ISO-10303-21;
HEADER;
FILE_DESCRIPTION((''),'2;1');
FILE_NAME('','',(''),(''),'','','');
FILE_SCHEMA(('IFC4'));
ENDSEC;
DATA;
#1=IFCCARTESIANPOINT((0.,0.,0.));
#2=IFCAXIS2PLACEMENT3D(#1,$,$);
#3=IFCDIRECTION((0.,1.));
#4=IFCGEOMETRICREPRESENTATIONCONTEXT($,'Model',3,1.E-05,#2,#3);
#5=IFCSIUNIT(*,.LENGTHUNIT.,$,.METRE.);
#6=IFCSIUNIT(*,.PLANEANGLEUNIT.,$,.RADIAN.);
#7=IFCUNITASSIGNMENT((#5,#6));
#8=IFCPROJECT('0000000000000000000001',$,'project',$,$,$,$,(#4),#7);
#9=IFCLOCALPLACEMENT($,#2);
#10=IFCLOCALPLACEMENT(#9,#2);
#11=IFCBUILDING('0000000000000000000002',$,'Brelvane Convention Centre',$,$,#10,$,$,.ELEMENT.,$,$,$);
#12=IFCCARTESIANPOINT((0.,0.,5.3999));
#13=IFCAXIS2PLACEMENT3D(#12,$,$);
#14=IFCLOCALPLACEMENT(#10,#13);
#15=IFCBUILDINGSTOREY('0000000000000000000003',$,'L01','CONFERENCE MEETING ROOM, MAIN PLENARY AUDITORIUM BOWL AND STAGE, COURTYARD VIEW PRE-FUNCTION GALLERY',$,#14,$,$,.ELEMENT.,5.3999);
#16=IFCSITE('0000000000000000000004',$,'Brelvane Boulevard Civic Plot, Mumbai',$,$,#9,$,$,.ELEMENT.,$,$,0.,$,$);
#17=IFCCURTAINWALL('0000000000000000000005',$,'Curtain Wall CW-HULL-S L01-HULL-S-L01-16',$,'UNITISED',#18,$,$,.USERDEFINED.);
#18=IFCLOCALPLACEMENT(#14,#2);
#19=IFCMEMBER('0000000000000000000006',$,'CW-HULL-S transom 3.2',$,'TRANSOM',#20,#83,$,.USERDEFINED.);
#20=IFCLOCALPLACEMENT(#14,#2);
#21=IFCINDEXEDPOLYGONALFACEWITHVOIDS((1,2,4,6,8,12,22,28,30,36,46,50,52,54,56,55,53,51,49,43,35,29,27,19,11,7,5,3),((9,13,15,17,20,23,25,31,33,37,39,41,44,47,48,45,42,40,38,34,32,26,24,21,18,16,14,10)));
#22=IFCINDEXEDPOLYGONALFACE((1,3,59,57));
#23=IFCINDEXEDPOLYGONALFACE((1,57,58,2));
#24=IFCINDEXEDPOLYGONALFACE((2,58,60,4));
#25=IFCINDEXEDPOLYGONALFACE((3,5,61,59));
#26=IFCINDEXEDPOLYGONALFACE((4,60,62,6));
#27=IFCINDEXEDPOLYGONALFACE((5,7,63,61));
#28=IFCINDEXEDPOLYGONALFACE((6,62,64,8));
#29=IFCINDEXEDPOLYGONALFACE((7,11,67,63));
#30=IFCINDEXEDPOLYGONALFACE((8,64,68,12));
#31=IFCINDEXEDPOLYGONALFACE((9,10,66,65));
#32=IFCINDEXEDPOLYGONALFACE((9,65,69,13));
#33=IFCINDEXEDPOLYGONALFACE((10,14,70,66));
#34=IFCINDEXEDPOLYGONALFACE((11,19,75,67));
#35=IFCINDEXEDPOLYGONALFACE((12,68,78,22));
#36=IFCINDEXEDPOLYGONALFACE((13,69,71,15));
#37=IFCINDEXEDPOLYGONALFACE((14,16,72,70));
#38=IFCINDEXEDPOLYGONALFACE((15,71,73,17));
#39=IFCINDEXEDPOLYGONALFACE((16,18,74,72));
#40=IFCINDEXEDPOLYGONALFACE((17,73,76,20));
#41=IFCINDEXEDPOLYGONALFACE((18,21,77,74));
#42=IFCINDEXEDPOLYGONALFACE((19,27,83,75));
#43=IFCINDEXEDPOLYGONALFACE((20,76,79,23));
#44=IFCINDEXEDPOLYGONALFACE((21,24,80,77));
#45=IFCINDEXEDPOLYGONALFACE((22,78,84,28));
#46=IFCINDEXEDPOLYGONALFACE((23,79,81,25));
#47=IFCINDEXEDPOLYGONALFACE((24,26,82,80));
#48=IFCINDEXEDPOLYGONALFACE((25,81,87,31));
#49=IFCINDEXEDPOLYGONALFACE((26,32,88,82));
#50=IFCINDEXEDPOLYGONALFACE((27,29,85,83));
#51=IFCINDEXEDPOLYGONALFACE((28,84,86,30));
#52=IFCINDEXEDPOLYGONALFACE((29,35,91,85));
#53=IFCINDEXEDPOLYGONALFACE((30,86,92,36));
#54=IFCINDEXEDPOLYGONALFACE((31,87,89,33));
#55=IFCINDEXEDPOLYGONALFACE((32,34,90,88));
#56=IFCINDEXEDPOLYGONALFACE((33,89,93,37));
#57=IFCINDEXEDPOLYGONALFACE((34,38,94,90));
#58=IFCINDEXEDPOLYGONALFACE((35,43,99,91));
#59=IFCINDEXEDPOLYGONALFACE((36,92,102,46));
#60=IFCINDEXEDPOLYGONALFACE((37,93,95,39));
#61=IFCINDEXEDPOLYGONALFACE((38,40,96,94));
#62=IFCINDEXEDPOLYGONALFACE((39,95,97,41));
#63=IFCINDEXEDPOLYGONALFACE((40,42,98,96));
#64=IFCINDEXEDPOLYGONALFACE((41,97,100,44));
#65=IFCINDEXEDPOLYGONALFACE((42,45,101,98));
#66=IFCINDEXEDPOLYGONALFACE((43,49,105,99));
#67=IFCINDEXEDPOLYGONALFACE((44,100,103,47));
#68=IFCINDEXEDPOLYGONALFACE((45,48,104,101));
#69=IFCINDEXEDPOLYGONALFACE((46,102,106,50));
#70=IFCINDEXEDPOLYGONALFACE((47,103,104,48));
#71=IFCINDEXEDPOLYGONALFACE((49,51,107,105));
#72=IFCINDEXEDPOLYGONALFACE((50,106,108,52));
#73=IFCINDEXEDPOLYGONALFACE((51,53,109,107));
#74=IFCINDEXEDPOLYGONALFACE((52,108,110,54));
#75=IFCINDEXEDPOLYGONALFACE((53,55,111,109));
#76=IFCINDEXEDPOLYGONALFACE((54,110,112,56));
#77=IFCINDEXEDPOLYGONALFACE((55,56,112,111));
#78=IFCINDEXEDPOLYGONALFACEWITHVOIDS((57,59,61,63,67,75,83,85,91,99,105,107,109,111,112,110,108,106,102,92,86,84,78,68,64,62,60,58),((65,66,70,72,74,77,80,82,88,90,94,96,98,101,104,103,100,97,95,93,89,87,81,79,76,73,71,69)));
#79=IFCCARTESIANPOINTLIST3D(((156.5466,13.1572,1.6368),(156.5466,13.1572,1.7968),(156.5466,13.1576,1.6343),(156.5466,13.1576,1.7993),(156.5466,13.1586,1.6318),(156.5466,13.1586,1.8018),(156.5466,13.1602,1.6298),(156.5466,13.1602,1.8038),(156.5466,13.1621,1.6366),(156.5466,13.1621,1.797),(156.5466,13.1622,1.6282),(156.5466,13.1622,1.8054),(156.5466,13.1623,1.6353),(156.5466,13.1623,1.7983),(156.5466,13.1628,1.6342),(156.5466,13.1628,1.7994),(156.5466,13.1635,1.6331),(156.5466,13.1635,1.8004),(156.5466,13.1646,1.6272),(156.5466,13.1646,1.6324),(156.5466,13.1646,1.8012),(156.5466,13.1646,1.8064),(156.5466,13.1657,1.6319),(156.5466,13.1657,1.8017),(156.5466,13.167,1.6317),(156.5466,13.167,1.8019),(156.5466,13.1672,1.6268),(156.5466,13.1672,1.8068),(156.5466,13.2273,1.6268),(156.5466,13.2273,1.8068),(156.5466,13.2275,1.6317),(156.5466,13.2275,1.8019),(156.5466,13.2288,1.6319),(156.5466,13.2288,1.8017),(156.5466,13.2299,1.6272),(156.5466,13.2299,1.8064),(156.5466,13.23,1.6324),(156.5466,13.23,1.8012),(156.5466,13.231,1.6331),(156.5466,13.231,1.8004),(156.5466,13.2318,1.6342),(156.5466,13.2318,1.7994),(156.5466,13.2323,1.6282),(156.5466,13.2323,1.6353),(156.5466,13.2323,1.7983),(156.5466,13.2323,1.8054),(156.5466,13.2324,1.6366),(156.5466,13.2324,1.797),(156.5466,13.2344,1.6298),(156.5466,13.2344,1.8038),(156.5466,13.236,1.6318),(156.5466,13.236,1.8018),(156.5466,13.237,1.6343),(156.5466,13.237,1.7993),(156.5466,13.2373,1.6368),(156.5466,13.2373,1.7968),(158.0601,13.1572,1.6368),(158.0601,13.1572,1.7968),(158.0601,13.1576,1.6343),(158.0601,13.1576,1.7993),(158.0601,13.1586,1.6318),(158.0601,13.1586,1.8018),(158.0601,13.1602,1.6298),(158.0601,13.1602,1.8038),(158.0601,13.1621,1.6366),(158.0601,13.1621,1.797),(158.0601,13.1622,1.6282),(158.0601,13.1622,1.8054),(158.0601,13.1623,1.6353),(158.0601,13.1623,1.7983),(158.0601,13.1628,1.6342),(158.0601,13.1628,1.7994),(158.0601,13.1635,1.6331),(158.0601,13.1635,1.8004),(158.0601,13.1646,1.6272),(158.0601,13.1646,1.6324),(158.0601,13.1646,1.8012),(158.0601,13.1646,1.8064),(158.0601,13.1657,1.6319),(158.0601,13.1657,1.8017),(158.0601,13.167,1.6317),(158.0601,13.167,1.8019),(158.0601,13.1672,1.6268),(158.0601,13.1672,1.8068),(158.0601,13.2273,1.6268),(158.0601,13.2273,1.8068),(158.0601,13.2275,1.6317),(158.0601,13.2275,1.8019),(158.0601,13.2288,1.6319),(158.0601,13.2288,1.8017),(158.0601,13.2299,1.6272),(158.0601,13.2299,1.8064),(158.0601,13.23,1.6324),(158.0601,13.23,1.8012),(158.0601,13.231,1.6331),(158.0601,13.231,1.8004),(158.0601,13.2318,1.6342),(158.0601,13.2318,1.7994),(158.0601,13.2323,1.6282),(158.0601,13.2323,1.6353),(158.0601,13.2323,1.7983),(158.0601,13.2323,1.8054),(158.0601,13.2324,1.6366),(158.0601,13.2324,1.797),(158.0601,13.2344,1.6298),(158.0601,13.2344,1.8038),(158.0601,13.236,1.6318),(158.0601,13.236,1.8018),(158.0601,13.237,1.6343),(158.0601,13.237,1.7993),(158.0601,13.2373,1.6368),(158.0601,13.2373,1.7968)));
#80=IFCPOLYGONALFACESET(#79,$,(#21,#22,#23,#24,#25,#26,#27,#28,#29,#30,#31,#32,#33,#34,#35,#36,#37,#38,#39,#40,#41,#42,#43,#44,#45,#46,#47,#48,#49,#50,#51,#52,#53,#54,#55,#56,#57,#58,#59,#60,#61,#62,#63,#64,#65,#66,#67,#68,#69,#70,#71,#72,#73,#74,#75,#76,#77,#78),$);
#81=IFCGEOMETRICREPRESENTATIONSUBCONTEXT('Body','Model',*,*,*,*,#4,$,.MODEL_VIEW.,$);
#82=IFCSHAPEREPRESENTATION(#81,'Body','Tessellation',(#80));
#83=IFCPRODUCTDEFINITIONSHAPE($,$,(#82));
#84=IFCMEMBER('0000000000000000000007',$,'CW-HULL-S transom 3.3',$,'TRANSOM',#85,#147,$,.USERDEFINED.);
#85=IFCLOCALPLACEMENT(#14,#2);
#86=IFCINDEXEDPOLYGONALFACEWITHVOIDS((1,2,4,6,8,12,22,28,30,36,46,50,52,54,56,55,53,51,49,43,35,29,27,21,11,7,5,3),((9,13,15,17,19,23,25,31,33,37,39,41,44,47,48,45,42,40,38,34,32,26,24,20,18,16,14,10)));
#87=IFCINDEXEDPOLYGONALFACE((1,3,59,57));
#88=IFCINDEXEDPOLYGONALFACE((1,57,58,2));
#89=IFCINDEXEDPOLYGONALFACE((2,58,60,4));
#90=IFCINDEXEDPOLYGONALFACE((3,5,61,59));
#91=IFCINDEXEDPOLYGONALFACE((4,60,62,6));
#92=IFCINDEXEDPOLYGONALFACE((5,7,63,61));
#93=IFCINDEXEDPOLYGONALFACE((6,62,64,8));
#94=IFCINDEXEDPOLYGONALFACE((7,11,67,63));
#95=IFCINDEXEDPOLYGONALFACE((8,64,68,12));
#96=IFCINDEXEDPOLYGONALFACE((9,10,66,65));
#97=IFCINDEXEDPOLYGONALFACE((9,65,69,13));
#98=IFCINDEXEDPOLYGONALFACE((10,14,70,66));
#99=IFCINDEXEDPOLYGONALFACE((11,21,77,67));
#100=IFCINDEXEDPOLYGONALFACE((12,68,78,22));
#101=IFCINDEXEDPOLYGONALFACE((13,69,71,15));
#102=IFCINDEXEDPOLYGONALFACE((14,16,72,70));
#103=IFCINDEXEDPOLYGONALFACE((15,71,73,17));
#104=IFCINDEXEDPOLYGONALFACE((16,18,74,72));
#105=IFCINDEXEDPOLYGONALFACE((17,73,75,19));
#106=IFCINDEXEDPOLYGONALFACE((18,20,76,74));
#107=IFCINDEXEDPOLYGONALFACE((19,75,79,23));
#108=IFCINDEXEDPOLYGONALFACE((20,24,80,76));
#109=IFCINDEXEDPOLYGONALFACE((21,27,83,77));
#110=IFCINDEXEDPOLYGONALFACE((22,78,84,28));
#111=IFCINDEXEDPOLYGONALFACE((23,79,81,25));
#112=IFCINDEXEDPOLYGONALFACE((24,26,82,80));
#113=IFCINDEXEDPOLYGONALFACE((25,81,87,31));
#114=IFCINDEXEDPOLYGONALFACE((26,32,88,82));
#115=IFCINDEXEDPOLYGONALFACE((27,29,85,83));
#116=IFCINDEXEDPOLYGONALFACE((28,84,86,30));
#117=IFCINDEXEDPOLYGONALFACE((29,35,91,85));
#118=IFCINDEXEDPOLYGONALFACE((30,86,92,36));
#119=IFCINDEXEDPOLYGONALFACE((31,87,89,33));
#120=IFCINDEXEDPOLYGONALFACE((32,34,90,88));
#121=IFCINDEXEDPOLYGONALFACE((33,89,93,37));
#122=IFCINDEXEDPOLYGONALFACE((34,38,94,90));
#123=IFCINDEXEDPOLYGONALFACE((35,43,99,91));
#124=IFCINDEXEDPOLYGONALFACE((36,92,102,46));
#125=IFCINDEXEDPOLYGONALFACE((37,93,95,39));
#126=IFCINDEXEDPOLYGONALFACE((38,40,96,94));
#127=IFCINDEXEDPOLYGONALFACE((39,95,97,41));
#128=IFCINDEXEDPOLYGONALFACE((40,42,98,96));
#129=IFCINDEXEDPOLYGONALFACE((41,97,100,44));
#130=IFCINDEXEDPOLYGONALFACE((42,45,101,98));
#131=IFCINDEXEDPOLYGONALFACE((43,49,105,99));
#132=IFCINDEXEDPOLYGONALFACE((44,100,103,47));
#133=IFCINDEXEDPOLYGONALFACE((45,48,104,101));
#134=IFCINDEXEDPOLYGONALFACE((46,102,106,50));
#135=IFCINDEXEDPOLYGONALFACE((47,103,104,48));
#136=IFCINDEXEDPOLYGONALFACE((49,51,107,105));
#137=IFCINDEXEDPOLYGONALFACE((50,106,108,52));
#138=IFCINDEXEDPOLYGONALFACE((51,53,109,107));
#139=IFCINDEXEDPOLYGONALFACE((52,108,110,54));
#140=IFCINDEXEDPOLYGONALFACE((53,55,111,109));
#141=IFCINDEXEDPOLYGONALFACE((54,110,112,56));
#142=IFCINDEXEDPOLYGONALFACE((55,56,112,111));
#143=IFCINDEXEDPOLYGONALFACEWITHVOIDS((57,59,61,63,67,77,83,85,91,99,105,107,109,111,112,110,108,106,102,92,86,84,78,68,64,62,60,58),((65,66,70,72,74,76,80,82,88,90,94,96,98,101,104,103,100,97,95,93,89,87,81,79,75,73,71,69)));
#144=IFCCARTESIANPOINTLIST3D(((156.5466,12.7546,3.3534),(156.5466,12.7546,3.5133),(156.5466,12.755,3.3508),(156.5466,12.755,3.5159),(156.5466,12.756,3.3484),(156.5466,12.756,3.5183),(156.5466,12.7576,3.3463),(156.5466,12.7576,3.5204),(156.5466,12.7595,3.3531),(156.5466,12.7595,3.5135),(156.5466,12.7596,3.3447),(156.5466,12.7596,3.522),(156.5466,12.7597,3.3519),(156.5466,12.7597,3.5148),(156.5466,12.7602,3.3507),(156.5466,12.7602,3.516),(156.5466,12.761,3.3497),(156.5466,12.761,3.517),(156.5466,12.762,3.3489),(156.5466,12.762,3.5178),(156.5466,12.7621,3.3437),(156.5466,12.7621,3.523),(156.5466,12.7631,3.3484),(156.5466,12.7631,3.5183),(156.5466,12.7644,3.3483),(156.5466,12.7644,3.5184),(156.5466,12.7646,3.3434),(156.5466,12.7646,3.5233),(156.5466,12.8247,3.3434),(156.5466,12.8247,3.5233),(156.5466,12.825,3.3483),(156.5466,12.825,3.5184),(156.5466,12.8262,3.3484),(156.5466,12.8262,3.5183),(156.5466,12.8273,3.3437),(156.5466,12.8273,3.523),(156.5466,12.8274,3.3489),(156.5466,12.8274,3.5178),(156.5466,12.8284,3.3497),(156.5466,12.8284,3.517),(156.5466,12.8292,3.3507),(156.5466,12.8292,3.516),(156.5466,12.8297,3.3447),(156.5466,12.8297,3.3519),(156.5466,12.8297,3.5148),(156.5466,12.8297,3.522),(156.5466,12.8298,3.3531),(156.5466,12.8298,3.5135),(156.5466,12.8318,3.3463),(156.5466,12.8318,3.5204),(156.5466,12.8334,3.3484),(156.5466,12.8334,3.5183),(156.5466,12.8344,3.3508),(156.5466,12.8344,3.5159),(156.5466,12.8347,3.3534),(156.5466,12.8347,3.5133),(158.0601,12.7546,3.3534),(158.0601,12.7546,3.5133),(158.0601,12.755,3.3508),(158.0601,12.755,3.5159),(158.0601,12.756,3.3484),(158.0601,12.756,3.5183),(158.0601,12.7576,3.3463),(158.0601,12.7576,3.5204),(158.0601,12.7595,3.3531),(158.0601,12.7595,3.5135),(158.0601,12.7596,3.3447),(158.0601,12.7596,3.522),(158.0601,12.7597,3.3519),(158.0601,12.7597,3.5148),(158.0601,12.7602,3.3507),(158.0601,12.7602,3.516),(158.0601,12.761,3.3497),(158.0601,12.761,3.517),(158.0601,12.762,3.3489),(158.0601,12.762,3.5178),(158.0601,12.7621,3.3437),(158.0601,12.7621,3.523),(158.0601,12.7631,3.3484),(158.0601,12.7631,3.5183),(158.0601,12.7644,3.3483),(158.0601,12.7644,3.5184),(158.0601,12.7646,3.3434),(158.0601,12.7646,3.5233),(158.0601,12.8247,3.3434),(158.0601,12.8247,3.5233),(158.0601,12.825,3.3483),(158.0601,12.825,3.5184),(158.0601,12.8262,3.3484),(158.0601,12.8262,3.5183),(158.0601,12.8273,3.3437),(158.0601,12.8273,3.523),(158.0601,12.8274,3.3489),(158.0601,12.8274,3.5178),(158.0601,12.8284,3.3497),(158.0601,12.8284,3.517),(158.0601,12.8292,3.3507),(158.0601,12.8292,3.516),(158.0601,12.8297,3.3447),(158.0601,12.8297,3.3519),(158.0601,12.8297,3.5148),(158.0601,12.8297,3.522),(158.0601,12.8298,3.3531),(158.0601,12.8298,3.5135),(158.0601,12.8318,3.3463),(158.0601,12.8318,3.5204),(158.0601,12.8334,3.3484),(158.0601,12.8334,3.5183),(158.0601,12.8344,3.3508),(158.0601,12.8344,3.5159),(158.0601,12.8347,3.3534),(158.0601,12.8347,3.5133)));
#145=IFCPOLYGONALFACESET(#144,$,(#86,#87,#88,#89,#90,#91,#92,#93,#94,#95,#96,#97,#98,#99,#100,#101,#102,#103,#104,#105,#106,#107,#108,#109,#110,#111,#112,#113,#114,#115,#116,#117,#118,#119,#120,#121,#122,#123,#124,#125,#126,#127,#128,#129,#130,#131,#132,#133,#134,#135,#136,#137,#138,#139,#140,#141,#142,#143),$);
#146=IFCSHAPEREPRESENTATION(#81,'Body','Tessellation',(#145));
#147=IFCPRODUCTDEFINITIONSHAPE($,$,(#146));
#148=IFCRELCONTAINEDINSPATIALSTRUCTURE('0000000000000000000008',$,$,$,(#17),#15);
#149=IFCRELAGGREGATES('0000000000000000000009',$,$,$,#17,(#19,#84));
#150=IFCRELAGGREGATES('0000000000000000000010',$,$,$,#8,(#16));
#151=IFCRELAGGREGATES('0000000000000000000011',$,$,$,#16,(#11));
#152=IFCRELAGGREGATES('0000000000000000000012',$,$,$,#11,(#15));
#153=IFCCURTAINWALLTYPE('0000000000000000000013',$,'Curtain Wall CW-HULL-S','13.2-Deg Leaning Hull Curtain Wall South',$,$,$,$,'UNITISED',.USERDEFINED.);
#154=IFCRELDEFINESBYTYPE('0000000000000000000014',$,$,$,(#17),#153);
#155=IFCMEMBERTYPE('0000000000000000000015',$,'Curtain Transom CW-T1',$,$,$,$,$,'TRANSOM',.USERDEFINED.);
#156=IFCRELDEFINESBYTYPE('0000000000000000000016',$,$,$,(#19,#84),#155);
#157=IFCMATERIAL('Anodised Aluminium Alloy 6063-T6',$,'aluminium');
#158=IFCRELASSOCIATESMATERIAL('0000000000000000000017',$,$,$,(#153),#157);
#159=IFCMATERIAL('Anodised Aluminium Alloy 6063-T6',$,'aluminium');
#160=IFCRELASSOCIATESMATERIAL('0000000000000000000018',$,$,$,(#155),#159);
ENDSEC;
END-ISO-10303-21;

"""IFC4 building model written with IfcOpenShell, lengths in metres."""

from ifc_helpers import new_model, si_unit, direction, frame, origin, origin_2d, place, context, subcontext, project, spatial, hollow_rectangle, extrude, material, material_profile, profile_set, type_object, element, aggregate, save


model = new_model("IFC4")

# Units and contexts
model_context = context("Model", 3, precision=1e-05, world=origin(), true_north=direction((0.0, 1.0)))
body_context = subcontext(model_context, "Body", "Model", "MODEL_VIEW")
ifc_project = project(units=[si_unit("LENGTHUNIT", "METRE"), si_unit("PLANEANGLEUNIT", "RADIAN")], contexts=[model_context])

# Site, building, storey
site_placement = place(None, origin())
site = spatial("IfcSite", under=ifc_project, at=site_placement, Name="Brelvane Boulevard Civic Plot, Mumbai", CompositionType="ELEMENT", RefElevation=0.0)
building_placement = place(site_placement, origin())
building = spatial("IfcBuilding", under=site, at=building_placement, Name="Brelvane Convention Centre", CompositionType="ELEMENT")
storey_placement = place(building_placement, frame((0.0, 0.0, 5.3999)))
storey = spatial("IfcBuildingStorey", under=building, at=storey_placement, Name="L01", Description="CONFERENCE MEETING ROOM, MAIN PLENARY AUDITORIUM BOWL AND STAGE, COURTYARD VIEW PRE-FUNCTION GALLERY", CompositionType="ELEMENT", Elevation=5.3999)

# Shared definitions
ifc_material_1 = material(Name="Anodised Aluminium Alloy 6063-T6", Category="aluminium")
curtain_wall_type = type_object("IfcCurtainWallType", Name="Curtain Wall CW-HULL-S", Description="13.2-Deg Leaning Hull Curtain Wall South", ElementType="UNITISED", PredefinedType="USERDEFINED", material=ifc_material_1)
ifc_material_2 = material(Name="Anodised Aluminium Alloy 6063-T6", Category="aluminium")
ifc_material_profile = material_profile(ifc_material_2, hollow_rectangle(XDim=0.0801, YDim=0.1799, WallThickness=0.0049, InnerFilletRadius=0.0049, OuterFilletRadius=0.01, at=origin_2d()), Name="ALU-T 180x80x5.0")
ifc_profile_set = profile_set([ifc_material_profile], Name="Anodised Aluminium Alloy 6063-T6")
member_type = type_object("IfcMemberType", Name="Curtain Transom CW-T1", ElementType="TRANSOM", PredefinedType="USERDEFINED", material=ifc_profile_set)

# Curtain wall, members
curtain_wall_1_placement = place(storey_placement, origin())
curtain_wall_1 = element("IfcCurtainWall", 1, at=curtain_wall_1_placement, inside=storey, type_object=curtain_wall_type, Name="Curtain Wall CW-HULL-S L01-HULL-S-L01-16", ObjectType="UNITISED", PredefinedType="USERDEFINED")
member_1_placement = place(storey_placement, frame((156.5466, 13.1973, 1.7168), z_axis=(1.0, 0.0, 0.0), x_axis=(0.0, 1.0, 0.0)))
member_1 = element("IfcMember", 2, at=member_1_placement, type_object=member_type, Name="CW-HULL-S transom 3.2", ObjectType="TRANSOM", PredefinedType="USERDEFINED", context=body_context, shape_type="SweptSolid", body=[
    extrude(hollow_rectangle(XDim=0.0801, YDim=0.1799, WallThickness=0.0049, InnerFilletRadius=0.0049, OuterFilletRadius=0.01, at=origin_2d()), origin(), (0.0, 0.0, 1.0), 1.5134),
])
member_2_placement = place(storey_placement, frame((156.5466, 12.7947, 3.4333), z_axis=(1.0, 0.0, 0.0), x_axis=(0.0, 1.0, 0.0)))
member_2 = element("IfcMember", 3, at=member_2_placement, type_object=member_type, Name="CW-HULL-S transom 3.3", ObjectType="TRANSOM", PredefinedType="USERDEFINED", context=body_context, shape_type="SweptSolid", body=[
    extrude(hollow_rectangle(XDim=0.0801, YDim=0.1799, WallThickness=0.0049, InnerFilletRadius=0.0049, OuterFilletRadius=0.01, at=origin_2d()), origin(), (0.0, 0.0, 1.0), 1.5134),
])

aggregate(curtain_wall_1, [member_1, member_2])

save(model, "model.ifc")
